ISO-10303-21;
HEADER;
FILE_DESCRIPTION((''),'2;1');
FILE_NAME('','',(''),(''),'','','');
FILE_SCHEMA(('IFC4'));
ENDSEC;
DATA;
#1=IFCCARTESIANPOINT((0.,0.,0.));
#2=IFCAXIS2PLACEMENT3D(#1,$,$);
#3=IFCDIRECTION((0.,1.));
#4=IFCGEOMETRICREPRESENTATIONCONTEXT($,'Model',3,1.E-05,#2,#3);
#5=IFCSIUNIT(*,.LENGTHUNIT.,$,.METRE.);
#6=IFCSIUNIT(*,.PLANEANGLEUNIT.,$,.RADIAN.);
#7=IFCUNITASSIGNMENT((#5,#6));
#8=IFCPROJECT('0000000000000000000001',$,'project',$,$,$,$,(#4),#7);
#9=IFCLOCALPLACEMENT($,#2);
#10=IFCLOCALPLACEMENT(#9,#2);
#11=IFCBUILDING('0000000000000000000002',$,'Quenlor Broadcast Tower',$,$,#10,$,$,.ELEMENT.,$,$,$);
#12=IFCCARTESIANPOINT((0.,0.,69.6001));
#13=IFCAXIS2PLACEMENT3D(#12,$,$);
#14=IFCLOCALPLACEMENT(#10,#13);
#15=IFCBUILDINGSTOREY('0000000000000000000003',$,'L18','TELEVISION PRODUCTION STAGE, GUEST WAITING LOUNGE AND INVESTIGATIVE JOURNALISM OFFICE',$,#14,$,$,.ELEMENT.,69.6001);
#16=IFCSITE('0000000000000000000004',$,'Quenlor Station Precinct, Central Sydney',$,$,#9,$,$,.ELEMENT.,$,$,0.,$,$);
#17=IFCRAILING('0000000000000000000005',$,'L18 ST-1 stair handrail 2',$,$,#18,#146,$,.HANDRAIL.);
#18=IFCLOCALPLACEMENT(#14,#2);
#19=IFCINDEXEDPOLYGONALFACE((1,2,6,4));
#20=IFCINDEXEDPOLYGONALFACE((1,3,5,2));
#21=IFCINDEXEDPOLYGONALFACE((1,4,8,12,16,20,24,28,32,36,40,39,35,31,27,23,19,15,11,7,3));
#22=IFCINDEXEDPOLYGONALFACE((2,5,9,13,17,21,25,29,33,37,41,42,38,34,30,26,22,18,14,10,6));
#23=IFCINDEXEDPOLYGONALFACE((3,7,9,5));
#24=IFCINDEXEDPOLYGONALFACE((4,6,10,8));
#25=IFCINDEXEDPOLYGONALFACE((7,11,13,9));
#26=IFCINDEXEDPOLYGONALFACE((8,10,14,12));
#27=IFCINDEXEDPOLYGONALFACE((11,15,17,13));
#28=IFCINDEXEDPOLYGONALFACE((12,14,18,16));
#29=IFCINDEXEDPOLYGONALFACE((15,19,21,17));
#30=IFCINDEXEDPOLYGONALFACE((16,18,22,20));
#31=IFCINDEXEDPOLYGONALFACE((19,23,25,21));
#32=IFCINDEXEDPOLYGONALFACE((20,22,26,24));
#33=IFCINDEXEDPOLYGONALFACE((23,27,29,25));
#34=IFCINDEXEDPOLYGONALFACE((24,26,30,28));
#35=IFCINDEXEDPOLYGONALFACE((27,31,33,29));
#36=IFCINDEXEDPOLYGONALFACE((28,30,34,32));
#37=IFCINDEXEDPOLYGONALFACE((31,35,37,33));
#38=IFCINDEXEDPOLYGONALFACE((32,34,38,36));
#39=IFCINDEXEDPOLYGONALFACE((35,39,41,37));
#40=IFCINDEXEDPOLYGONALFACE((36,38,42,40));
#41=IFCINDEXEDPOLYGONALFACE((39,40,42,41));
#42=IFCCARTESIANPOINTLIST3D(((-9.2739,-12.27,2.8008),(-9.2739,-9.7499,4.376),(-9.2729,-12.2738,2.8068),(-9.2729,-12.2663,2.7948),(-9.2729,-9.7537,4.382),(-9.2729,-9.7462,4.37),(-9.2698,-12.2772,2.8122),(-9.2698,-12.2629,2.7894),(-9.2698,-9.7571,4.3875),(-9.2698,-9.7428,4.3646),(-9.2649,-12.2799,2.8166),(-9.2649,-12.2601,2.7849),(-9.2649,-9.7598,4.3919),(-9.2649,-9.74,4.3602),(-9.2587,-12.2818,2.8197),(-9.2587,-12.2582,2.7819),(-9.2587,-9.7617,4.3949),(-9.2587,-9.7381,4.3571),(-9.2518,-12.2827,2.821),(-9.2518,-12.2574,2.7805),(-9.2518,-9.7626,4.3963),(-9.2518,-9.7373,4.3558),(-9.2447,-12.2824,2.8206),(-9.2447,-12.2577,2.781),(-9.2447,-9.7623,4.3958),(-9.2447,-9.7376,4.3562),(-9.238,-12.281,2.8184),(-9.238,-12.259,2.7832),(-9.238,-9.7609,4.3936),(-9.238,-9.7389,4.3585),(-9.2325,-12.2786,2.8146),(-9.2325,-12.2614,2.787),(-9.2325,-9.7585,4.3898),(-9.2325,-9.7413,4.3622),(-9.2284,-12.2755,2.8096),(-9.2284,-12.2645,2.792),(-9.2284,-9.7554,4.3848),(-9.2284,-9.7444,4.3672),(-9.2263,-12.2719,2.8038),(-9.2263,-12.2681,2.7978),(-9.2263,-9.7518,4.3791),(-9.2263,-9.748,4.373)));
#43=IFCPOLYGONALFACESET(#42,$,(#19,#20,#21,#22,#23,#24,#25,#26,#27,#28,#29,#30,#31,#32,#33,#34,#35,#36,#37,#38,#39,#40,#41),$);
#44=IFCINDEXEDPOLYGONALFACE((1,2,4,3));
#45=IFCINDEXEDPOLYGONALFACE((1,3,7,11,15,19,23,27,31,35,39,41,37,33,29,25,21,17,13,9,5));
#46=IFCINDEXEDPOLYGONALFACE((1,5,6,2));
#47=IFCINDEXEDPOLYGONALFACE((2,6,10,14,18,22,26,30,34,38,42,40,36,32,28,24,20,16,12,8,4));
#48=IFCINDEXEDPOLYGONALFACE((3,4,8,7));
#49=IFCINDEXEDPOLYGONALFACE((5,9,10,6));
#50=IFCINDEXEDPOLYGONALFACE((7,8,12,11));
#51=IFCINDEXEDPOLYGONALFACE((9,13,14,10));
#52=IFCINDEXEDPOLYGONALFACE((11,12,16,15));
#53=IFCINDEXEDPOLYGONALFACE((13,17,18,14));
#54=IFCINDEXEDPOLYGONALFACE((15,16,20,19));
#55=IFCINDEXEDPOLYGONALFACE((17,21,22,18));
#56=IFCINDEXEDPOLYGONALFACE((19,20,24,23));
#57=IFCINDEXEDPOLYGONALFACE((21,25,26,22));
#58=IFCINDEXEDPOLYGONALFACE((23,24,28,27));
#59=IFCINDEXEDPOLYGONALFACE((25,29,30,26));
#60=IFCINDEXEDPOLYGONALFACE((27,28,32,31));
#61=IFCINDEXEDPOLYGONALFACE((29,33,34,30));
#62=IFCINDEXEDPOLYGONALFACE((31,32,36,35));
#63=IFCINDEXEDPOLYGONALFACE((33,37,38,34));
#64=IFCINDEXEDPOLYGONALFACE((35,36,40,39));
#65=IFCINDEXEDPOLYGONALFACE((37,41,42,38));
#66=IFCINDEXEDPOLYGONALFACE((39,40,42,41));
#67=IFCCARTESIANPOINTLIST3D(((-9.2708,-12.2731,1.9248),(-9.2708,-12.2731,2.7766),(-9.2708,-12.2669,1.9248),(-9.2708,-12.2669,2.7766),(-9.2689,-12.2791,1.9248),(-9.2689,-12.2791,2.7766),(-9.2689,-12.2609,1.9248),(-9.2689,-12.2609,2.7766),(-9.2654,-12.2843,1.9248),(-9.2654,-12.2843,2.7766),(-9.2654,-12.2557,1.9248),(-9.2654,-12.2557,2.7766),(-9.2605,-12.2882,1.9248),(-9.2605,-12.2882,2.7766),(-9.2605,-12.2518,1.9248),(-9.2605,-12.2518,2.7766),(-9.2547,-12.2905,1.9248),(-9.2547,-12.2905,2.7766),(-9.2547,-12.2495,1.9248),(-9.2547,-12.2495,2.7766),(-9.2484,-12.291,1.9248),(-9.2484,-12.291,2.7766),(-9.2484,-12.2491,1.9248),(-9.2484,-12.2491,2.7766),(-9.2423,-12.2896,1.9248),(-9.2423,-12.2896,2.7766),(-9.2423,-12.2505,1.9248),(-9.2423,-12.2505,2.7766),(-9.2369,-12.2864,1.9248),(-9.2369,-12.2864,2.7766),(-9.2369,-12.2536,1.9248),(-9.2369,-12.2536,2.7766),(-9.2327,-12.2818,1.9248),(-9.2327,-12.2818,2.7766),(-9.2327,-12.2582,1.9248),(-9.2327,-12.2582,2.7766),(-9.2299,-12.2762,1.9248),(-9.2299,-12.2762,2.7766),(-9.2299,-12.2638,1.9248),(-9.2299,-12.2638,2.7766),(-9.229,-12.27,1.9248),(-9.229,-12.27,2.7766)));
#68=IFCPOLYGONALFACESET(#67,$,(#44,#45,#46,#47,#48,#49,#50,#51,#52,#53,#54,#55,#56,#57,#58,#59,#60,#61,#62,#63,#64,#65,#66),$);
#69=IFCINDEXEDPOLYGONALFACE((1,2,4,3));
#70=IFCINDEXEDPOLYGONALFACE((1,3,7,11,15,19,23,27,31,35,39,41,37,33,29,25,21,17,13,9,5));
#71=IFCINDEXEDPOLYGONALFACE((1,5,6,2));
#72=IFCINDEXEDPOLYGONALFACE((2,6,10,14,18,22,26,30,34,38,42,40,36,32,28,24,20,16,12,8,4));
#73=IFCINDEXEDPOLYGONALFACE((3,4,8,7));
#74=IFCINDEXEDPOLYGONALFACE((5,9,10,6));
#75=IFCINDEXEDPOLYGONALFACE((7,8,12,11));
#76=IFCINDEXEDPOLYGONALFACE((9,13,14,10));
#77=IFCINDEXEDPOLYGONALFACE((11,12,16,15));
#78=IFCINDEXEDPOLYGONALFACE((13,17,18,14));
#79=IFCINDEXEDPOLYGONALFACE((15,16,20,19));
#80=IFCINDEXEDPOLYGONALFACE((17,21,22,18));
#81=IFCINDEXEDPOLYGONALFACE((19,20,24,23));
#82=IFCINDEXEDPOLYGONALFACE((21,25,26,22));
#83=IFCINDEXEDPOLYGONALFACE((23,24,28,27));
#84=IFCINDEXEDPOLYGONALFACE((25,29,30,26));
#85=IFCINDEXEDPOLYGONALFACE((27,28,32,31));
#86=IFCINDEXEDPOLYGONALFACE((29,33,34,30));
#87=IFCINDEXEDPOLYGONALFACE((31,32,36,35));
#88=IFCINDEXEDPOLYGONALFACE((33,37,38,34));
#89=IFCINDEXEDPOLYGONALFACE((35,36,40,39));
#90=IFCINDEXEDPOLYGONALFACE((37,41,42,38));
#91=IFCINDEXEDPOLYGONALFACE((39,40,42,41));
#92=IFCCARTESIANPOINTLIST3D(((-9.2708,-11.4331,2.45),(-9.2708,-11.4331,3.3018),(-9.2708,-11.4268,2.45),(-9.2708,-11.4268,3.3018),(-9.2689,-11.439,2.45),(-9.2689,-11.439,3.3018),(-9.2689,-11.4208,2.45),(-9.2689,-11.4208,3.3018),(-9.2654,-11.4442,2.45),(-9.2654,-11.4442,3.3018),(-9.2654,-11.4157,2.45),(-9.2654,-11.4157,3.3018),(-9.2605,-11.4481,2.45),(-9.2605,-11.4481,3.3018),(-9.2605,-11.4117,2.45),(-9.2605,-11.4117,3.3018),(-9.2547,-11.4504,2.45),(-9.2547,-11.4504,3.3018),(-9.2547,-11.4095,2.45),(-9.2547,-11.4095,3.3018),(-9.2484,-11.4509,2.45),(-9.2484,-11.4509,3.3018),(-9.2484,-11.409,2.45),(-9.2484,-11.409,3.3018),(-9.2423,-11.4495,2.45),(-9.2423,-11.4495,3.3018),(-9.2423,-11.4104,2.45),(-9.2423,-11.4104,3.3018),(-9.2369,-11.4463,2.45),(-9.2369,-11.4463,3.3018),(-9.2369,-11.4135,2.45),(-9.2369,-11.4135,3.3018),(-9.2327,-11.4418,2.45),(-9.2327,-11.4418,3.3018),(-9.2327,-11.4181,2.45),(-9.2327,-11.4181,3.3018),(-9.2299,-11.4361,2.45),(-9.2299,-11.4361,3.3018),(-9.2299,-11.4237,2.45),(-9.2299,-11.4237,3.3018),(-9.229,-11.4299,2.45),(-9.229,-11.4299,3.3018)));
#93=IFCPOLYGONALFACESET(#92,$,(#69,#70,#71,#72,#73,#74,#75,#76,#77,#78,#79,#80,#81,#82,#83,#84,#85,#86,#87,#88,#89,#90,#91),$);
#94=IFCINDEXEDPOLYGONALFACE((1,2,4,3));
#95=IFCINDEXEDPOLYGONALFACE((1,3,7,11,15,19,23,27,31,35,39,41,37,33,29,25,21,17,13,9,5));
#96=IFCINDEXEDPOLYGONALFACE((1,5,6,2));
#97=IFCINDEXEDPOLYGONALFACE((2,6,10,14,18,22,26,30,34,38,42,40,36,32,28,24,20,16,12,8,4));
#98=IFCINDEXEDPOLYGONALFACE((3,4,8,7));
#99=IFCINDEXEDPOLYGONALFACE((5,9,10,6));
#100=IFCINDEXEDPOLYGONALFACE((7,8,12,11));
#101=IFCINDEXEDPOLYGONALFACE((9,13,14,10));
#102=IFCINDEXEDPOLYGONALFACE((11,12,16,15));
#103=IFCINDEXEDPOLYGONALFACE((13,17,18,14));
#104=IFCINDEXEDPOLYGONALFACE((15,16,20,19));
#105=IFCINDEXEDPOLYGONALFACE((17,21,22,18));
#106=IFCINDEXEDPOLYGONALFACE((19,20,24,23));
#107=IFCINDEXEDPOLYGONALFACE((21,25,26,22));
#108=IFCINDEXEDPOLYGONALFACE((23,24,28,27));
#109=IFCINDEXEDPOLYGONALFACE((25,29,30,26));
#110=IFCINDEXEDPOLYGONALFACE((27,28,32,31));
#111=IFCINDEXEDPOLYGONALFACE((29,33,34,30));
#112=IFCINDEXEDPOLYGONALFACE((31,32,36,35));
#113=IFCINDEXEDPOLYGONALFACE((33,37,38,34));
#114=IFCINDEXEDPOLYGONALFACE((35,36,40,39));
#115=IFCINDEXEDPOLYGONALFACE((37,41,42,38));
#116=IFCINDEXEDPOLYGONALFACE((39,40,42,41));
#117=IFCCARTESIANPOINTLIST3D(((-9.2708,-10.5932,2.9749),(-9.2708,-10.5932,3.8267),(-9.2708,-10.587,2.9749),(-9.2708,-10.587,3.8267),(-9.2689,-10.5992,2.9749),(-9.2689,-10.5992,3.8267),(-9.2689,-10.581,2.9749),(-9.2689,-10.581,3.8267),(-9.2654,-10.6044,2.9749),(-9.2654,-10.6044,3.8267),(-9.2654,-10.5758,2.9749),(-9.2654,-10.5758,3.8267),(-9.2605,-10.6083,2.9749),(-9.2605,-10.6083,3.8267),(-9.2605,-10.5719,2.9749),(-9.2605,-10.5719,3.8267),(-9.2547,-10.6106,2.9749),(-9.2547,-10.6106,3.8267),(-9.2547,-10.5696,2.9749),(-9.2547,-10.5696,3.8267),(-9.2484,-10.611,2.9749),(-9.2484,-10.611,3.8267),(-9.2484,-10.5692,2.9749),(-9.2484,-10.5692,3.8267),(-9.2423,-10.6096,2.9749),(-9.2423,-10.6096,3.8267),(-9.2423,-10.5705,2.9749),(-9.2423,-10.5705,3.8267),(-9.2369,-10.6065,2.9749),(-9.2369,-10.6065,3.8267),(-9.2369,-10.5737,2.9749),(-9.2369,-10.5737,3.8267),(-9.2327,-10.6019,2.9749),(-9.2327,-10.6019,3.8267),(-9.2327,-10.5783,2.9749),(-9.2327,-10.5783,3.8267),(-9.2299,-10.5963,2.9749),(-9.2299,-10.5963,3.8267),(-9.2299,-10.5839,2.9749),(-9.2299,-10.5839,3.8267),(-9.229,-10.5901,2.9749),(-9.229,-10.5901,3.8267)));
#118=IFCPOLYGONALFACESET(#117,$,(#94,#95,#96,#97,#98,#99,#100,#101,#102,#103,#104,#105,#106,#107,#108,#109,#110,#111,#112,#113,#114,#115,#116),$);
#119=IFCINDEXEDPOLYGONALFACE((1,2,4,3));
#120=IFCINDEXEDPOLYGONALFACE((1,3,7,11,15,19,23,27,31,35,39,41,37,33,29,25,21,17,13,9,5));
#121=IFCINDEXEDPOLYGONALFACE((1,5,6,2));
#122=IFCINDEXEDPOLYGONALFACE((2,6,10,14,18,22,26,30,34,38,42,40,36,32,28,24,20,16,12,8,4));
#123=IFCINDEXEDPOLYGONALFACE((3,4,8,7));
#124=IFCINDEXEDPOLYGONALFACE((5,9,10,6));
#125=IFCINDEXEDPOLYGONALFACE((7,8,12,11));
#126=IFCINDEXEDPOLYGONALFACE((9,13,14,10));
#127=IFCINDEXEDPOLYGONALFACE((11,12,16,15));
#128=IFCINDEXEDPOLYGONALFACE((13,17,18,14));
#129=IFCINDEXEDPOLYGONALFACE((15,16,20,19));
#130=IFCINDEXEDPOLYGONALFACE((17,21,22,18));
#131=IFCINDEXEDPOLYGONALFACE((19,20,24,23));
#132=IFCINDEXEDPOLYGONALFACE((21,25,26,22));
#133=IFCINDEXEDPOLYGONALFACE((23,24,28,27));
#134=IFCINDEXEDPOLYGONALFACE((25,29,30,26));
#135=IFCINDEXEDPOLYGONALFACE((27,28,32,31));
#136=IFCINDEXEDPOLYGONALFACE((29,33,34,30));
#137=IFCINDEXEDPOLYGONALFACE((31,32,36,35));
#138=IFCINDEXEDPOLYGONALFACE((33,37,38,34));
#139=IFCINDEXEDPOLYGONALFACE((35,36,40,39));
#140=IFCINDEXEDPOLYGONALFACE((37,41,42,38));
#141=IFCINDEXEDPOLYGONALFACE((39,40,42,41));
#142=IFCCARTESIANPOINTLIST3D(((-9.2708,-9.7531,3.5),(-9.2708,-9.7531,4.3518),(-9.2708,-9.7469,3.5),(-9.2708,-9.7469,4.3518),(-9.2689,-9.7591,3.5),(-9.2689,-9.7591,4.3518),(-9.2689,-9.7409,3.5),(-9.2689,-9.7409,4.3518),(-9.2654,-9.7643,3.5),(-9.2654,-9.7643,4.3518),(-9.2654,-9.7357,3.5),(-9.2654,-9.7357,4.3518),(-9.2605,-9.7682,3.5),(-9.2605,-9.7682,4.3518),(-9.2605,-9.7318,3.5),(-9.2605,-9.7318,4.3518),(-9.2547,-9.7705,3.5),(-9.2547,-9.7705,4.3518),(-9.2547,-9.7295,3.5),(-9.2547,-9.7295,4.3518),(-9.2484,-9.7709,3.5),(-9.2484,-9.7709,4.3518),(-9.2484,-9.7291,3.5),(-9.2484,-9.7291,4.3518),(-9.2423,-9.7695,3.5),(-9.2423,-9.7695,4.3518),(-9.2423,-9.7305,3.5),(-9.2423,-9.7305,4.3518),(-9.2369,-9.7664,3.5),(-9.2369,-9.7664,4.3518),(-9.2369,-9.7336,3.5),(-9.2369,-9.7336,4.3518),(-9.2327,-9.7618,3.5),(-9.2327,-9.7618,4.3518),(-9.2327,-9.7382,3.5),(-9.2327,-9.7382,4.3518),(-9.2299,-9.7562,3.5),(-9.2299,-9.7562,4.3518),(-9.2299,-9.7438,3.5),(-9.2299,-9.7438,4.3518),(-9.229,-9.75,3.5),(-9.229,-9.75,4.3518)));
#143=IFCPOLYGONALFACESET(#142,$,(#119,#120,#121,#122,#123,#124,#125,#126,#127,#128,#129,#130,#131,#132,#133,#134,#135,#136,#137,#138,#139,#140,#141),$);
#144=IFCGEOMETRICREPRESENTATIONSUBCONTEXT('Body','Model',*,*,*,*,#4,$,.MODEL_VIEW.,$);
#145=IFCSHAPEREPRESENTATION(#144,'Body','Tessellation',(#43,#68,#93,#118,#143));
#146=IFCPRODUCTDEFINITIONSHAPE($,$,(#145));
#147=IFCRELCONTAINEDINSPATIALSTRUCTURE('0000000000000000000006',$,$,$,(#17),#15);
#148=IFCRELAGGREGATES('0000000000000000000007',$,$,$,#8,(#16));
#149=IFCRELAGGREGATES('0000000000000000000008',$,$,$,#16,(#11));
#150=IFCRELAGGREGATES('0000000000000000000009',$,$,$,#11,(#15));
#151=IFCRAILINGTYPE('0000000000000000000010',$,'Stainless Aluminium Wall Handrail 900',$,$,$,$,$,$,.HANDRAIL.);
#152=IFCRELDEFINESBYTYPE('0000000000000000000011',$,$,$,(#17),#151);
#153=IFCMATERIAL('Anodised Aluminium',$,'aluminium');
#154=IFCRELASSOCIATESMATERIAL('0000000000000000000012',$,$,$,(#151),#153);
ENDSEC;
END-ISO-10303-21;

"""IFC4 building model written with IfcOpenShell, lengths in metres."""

from ifc_helpers import new_model, si_unit, direction, frame, origin, origin_2d, place, context, subcontext, project, spatial, circle, extrude, material, type_object, element, save


model = new_model("IFC4")

# Units and contexts
model_context = context("Model", 3, precision=1e-05, world=origin(), true_north=direction((0.0, 1.0)))
body_context = subcontext(model_context, "Body", "Model", "MODEL_VIEW")
ifc_project = project(units=[si_unit("LENGTHUNIT", "METRE"), si_unit("PLANEANGLEUNIT", "RADIAN")], contexts=[model_context])

# Site, building, storey
site_placement = place(None, origin())
site = spatial("IfcSite", under=ifc_project, at=site_placement, Name="Quenlor Station Precinct, Central Sydney", CompositionType="ELEMENT", RefElevation=0.0)
building_placement = place(site_placement, origin())
building = spatial("IfcBuilding", under=site, at=building_placement, Name="Quenlor Broadcast Tower", CompositionType="ELEMENT")
storey_placement = place(building_placement, frame((0.0, 0.0, 69.6001)))
storey = spatial("IfcBuildingStorey", under=building, at=storey_placement, Name="L18", Description="TELEVISION PRODUCTION STAGE, GUEST WAITING LOUNGE AND INVESTIGATIVE JOURNALISM OFFICE", CompositionType="ELEMENT", Elevation=69.6001)

# Railing
ifc_material_1 = material(Name="Anodised Aluminium", Category="aluminium")
railing_type_1 = type_object("IfcRailingType", Name="Stainless Aluminium Wall Handrail 900", PredefinedType="HANDRAIL", material=ifc_material_1)
railing_1_placement = place(storey_placement, frame((-9.25, -12.27, 1.9248)))
element("IfcRailing", 1, at=railing_1_placement, inside=storey, type_object=railing_type_1, Name="L18 ST-1 stair handrail 2", PredefinedType="HANDRAIL", context=body_context, shape_type="SweptSolid", body=[
    extrude(circle(Radius=0.0239, at=origin_2d()), frame((0.0, 0.0, 0.876), z_axis=(0.0, 0.847971, 0.530043), x_axis=(-1.0, 0.0, 0.0)), (0.0, 0.0, 1.0), 2.9719),
    extrude(circle(Radius=0.021, at=origin_2d()), origin(), (0.0, 0.0, 1.0), 0.8518),
    extrude(circle(Radius=0.021, at=origin_2d()), frame((0.0, 0.8401, 0.5251)), (0.0, 0.0, 1.0), 0.8518),
    extrude(circle(Radius=0.021, at=origin_2d()), frame((0.0, 1.6799, 1.05)), (0.0, 0.0, 1.0), 0.8518),
    extrude(circle(Radius=0.021, at=origin_2d()), frame((0.0, 2.52, 1.5752)), (0.0, 0.0, 1.0), 0.8518),
])

save(model, "model.ifc")
